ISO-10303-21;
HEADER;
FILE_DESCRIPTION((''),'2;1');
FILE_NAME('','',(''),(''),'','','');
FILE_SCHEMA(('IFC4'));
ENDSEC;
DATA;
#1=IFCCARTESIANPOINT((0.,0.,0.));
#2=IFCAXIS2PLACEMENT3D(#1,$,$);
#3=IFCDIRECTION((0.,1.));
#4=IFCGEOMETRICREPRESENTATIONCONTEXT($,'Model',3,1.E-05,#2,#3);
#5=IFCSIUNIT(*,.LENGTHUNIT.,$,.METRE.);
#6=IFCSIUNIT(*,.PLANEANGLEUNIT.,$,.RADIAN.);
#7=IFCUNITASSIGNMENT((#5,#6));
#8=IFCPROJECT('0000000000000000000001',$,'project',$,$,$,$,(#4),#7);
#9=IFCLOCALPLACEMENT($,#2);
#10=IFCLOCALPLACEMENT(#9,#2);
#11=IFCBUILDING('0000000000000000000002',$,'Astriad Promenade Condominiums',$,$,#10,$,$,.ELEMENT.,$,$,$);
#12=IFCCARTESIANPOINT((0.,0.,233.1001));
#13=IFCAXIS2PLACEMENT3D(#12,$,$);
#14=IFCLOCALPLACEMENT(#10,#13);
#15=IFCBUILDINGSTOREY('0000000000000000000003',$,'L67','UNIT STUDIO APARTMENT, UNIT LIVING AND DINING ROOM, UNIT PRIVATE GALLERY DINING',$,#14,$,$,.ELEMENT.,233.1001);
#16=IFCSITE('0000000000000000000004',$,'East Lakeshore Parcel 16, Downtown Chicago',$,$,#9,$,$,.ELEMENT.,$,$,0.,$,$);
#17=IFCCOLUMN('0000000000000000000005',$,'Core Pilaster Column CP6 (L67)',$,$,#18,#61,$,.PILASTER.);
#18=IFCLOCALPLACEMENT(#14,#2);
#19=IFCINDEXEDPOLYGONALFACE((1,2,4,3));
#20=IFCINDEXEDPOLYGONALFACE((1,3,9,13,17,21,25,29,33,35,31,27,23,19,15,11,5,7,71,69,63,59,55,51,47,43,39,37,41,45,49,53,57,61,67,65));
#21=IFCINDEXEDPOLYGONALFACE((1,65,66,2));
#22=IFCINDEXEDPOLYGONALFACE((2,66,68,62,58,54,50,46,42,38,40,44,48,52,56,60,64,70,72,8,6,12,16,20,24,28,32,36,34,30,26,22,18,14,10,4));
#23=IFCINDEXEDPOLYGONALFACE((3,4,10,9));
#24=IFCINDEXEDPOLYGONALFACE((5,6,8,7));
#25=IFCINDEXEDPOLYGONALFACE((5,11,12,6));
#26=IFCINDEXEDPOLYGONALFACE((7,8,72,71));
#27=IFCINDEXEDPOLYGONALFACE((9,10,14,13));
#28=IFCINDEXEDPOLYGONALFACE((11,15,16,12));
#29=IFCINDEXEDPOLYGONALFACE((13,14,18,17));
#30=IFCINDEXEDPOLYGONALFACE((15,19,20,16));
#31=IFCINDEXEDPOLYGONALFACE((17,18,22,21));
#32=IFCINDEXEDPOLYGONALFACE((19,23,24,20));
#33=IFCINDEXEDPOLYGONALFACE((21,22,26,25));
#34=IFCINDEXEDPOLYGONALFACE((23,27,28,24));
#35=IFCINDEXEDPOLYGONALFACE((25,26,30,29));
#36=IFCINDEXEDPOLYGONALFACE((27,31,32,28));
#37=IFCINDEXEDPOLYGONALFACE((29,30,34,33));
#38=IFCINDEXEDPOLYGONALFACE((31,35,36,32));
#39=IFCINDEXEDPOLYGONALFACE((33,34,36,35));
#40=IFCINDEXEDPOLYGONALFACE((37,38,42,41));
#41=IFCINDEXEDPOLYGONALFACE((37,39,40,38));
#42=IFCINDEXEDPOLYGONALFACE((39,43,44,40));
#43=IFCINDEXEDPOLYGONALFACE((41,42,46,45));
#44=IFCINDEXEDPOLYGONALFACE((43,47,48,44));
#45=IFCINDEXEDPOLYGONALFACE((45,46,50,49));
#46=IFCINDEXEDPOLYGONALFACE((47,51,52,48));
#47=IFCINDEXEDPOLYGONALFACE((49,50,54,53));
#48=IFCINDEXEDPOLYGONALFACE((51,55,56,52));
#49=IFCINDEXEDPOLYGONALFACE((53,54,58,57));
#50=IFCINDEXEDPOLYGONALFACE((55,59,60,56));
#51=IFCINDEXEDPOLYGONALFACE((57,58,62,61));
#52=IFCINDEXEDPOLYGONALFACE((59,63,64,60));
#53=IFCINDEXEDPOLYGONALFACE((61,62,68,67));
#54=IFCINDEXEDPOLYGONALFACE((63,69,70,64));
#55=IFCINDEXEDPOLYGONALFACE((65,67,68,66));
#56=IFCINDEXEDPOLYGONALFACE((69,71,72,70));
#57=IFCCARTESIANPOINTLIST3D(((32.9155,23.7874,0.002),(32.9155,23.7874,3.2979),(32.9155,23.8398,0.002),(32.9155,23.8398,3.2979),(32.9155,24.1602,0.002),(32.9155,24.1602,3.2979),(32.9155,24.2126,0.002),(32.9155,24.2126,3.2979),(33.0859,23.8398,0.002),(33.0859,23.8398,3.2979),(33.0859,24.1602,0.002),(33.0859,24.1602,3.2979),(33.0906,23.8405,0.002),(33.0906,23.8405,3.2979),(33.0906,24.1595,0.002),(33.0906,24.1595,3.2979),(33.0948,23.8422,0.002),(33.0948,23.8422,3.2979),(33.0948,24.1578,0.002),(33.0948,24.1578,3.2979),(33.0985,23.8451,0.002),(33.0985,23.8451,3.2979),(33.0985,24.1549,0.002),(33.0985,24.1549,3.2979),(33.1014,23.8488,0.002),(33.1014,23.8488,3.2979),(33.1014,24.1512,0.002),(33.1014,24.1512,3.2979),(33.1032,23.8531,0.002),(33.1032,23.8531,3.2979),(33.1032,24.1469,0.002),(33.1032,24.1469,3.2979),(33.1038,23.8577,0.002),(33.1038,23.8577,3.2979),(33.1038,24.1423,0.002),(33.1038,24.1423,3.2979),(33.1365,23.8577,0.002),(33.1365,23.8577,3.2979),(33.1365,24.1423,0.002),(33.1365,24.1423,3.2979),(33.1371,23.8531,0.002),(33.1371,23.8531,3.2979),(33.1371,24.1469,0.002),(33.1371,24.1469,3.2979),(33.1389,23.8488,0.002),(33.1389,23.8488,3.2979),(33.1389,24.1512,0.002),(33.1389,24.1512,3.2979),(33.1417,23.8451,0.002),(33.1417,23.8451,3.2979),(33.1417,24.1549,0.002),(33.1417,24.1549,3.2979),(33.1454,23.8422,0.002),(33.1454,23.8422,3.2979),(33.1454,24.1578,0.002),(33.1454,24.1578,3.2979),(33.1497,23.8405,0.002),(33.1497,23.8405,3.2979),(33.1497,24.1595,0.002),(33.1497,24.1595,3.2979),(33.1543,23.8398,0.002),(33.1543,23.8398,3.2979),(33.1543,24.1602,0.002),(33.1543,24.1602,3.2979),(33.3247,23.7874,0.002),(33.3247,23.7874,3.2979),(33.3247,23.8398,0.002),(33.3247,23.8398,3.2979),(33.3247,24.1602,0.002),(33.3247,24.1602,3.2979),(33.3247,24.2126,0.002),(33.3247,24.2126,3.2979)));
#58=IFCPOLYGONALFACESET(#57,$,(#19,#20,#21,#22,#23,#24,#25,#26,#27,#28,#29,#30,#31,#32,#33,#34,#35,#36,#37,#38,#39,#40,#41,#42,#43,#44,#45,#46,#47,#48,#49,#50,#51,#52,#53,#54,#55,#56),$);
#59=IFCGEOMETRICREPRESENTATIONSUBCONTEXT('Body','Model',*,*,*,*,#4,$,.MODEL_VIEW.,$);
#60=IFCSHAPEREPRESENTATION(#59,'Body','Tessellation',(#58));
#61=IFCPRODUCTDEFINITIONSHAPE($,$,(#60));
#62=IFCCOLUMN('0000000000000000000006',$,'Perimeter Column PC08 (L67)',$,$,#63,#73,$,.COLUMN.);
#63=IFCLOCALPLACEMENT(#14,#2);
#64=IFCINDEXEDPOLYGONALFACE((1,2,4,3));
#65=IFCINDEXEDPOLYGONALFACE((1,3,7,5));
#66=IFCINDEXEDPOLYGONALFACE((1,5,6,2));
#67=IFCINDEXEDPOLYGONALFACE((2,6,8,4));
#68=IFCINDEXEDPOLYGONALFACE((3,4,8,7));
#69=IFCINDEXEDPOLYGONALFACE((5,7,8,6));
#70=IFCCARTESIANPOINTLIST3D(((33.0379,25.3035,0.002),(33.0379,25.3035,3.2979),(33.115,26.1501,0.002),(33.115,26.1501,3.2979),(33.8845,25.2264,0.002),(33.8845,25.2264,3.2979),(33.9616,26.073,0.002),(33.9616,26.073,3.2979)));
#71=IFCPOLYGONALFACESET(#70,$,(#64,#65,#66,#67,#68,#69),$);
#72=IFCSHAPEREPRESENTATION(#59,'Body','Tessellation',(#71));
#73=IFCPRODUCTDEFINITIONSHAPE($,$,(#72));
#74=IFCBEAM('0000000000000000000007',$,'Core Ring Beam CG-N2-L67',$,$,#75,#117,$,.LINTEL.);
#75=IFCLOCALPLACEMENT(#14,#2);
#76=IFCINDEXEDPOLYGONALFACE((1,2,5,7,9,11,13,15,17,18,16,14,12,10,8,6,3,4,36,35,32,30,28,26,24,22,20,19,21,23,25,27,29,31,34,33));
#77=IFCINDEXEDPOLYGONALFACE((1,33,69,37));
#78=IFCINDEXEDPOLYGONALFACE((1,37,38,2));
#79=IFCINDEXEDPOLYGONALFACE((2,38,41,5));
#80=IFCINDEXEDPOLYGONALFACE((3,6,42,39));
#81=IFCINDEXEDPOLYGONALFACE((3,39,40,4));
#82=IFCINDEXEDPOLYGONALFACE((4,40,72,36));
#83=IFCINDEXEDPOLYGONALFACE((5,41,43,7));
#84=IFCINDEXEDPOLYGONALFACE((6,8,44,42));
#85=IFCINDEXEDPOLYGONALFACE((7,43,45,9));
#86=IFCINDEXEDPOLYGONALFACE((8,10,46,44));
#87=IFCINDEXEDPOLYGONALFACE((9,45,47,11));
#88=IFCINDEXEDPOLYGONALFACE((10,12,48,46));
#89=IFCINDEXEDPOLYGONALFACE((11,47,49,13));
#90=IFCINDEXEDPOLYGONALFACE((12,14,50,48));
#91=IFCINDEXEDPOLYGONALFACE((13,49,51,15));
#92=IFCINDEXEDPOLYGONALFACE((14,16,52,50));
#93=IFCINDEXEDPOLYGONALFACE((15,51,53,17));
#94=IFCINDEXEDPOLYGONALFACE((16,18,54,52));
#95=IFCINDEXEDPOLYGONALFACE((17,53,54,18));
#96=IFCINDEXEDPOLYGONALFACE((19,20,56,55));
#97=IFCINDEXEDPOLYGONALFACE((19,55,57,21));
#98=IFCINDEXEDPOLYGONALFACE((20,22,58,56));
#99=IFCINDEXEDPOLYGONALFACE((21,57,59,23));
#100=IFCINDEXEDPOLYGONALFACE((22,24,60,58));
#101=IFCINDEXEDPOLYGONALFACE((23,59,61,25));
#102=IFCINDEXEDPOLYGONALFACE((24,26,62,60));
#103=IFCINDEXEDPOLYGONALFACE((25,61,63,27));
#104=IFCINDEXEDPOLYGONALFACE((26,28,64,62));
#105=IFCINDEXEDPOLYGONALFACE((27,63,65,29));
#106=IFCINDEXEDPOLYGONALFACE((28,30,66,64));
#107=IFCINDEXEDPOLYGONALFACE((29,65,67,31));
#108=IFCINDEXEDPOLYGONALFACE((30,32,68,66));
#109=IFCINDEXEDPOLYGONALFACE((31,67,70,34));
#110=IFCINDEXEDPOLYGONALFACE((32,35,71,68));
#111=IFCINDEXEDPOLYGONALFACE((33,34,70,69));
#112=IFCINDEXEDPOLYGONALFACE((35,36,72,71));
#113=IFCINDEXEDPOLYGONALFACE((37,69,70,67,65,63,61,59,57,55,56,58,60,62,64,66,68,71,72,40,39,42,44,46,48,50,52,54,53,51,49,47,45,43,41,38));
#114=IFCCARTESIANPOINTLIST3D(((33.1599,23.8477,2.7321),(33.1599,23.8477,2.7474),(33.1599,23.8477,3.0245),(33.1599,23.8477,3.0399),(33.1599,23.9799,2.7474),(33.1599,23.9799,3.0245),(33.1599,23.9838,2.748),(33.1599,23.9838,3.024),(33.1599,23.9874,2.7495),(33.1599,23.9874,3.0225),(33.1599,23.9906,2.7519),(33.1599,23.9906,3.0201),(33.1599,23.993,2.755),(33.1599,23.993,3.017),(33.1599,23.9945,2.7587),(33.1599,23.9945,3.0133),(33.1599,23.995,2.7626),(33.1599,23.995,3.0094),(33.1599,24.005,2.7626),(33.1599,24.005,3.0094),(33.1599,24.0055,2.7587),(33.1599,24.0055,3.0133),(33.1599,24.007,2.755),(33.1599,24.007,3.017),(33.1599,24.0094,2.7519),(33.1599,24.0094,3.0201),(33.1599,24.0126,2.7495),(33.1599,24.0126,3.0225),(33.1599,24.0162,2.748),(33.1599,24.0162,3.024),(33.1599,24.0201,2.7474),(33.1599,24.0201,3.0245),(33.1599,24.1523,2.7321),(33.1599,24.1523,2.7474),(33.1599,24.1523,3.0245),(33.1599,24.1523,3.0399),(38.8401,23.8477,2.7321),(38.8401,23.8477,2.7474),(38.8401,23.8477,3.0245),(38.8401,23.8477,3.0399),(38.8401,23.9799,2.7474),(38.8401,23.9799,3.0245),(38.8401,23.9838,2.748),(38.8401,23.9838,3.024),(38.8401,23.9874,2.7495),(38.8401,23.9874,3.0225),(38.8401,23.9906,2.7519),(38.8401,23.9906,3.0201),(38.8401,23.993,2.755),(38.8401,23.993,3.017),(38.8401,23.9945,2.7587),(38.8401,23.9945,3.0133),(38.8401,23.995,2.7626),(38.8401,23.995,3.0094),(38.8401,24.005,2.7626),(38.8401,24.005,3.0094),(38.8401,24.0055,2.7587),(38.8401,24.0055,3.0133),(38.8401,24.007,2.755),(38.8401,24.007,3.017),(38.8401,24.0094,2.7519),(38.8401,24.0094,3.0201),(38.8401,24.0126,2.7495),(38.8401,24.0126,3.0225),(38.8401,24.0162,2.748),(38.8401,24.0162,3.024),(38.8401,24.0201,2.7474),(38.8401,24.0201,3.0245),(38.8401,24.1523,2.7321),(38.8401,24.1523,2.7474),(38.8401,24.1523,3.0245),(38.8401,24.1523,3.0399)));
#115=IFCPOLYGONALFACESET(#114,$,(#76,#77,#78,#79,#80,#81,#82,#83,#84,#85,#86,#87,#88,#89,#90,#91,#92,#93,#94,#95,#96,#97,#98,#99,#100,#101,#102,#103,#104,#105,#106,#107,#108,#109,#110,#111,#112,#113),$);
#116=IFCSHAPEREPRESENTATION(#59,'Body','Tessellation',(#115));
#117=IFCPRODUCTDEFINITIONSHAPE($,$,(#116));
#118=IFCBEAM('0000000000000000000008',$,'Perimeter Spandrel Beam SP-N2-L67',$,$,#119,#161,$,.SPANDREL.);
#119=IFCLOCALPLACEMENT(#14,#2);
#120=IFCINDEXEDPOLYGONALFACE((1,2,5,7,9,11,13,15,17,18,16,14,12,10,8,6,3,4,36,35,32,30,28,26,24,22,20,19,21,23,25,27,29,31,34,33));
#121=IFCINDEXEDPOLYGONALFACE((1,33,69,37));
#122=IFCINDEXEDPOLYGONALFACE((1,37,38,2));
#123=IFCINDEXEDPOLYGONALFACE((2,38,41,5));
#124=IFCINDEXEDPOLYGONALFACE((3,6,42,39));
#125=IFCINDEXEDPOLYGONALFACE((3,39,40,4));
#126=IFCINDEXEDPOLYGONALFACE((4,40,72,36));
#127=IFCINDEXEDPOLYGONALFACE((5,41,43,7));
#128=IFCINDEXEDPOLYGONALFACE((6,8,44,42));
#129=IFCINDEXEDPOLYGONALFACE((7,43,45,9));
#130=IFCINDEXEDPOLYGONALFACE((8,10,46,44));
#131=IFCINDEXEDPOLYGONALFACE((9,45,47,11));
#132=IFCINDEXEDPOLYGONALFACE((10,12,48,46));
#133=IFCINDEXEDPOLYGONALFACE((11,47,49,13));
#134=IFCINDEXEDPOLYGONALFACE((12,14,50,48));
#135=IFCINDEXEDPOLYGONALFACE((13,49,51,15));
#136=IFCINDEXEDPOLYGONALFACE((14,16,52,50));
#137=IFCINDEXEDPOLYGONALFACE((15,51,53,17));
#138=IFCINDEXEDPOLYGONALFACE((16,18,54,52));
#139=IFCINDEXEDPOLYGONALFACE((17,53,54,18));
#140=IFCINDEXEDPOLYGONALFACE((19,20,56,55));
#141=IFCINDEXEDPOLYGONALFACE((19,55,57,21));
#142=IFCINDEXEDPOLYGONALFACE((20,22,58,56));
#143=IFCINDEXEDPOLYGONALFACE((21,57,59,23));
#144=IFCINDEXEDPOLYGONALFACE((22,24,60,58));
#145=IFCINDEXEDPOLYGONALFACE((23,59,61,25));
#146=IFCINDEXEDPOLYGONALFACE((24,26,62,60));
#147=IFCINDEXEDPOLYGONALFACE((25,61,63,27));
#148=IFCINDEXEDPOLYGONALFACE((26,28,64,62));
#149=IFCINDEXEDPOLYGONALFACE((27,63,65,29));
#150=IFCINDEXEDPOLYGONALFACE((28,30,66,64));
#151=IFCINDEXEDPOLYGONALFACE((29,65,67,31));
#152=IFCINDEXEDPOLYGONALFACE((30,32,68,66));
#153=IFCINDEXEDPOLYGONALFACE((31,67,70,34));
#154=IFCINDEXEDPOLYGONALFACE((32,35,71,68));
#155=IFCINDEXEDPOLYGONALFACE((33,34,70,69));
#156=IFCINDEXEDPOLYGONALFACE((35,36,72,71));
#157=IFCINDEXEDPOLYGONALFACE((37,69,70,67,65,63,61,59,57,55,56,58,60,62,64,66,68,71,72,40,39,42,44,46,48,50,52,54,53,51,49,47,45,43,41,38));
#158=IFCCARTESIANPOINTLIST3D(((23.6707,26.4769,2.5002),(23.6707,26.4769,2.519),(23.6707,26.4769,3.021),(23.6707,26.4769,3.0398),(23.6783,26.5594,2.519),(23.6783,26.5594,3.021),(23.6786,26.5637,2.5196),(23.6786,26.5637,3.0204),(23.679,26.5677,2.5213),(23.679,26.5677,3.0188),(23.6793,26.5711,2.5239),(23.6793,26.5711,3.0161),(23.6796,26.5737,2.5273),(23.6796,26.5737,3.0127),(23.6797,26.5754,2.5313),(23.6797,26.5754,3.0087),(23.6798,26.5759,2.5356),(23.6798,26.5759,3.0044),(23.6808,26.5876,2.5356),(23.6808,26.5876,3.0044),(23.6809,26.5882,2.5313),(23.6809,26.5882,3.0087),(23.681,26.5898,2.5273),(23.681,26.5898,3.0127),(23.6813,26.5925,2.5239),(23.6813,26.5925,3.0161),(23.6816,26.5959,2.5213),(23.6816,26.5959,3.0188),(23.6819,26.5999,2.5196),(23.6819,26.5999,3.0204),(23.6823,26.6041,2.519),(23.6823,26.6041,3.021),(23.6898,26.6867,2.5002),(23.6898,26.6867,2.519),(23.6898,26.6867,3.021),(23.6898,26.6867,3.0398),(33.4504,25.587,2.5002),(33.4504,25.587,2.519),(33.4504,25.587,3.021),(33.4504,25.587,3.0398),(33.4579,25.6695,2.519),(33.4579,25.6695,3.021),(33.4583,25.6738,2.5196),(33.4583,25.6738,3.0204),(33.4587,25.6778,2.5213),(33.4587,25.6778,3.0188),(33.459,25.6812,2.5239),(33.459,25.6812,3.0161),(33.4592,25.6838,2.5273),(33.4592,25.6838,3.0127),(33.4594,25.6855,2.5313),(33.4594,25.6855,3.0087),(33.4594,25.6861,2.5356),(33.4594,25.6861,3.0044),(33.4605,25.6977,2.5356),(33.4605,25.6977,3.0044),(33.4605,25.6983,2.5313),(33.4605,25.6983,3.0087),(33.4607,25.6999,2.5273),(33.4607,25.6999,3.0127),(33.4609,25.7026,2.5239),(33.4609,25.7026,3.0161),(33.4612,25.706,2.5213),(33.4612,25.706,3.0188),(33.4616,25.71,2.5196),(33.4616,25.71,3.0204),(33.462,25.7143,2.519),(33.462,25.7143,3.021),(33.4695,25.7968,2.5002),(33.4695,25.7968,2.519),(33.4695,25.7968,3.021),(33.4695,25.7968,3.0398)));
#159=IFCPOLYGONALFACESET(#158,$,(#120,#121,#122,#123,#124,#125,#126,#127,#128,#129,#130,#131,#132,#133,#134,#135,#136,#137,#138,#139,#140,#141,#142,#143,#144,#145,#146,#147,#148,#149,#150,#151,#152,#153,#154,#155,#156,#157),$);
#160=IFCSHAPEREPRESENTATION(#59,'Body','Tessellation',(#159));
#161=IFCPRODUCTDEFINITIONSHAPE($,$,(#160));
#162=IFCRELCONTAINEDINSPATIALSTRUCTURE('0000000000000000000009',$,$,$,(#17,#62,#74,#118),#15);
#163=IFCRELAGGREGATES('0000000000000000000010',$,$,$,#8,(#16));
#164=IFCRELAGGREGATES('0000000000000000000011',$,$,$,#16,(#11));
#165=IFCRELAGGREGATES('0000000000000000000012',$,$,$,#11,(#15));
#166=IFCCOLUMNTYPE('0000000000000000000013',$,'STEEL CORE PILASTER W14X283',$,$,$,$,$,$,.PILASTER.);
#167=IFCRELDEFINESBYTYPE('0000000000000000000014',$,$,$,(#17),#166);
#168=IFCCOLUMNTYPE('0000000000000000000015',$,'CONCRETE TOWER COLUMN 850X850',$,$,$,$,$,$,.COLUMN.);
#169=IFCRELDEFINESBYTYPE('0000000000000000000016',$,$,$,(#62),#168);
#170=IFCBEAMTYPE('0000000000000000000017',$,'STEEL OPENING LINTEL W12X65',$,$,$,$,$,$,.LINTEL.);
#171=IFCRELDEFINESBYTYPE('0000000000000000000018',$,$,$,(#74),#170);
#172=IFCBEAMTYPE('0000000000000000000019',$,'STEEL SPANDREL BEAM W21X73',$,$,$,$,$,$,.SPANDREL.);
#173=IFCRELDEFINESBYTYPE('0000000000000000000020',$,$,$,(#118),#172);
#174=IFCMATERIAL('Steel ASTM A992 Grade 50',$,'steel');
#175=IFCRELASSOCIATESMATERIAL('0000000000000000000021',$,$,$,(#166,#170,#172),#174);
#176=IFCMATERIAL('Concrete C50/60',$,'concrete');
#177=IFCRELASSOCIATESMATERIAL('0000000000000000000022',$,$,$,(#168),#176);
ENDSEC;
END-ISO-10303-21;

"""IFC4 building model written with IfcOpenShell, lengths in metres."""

from ifc_helpers import new_model, si_unit, direction, frame, origin, origin_2d, place, context, subcontext, project, spatial, rectangle, i_section, extrude, source, transform, mapped, material, material_profile, profile_set, type_object, type_shapes, element, save


model = new_model("IFC4")

# Units and contexts
model_context = context("Model", 3, precision=1e-05, world=origin(), true_north=direction((0.0, 1.0)))
body_context = subcontext(model_context, "Body", "Model", "MODEL_VIEW")
ifc_project = project(units=[si_unit("LENGTHUNIT", "METRE"), si_unit("PLANEANGLEUNIT", "RADIAN")], contexts=[model_context])

# Site, building, storey
site_placement = place(None, origin())
site = spatial("IfcSite", under=ifc_project, at=site_placement, Name="East Lakeshore Parcel 16, Downtown Chicago", CompositionType="ELEMENT", RefElevation=0.0)
building_placement = place(site_placement, origin())
building = spatial("IfcBuilding", under=site, at=building_placement, Name="Astriad Promenade Condominiums", CompositionType="ELEMENT")
storey_placement = place(building_placement, frame((0.0, 0.0, 233.1001)))
storey = spatial("IfcBuildingStorey", under=building, at=storey_placement, Name="L67", Description="UNIT STUDIO APARTMENT, UNIT LIVING AND DINING ROOM, UNIT PRIVATE GALLERY DINING", CompositionType="ELEMENT", Elevation=233.1001)

# Columns
ifc_material_1 = material(Name="Steel ASTM A992 Grade 50", Category="steel")
ifc_material_profile_1 = material_profile(ifc_material_1, i_section(OverallWidth=0.4092, OverallDepth=0.4253, WebThickness=0.0327, FlangeThickness=0.0525, FilletRadius=0.0178, at=origin_2d()), Name="W14X283")
ifc_profile_set_1 = profile_set([ifc_material_profile_1], Name="Steel ASTM A992 Grade 50")
column_type_1 = type_object("IfcColumnType", Name="STEEL CORE PILASTER W14X283", PredefinedType="PILASTER", material=ifc_profile_set_1)
shared_shape_1 = source(origin(), body_context, "Body", "SweptSolid", [
    extrude(i_section(OverallWidth=0.4092, OverallDepth=0.4253, WebThickness=0.0327, FlangeThickness=0.0525, FilletRadius=0.0178, at=origin_2d()), origin(), (0.0, 0.0, 1.0), 3.2959),
])
type_shapes(column_type_1, [shared_shape_1])
column_1_placement = place(storey_placement, frame((33.1201, 24.0, 0.002), z_axis=(0.0, 0.0, 1.0), x_axis=(1.0, 0.0, 0.0)))
element("IfcColumn", 1, at=column_1_placement, inside=storey, type_object=column_type_1, Name="Core Pilaster Column CP6 (L67)", PredefinedType="PILASTER", context=body_context, shape_type="MappedRepresentation", body=[
    mapped(shared_shape_1, transform((0.0, 0.0, 0.0), scale=1.0)),
])
ifc_material_2 = material(Name="Concrete C50/60", Category="concrete")
ifc_material_profile_2 = material_profile(ifc_material_2, rectangle(XDim=0.8501, YDim=0.8501, at=origin_2d()), Name="RC-COL-850X850")
ifc_profile_set_2 = profile_set([ifc_material_profile_2], Name="Concrete C50/60")
column_type_2 = type_object("IfcColumnType", Name="CONCRETE TOWER COLUMN 850X850", PredefinedType="COLUMN", material=ifc_profile_set_2)
shared_shape_2 = source(origin(), body_context, "Body", "SweptSolid", [
    extrude(rectangle(XDim=0.8501, YDim=0.8501, at=origin_2d()), origin(), (0.0, 0.0, 1.0), 3.2959),
])
type_shapes(column_type_2, [shared_shape_2])
column_2_placement = place(storey_placement, frame((33.4998, 25.6882, 0.002), z_axis=(0.0, 0.0, 1.0), x_axis=(0.995884, -0.090633, 0.0)))
element("IfcColumn", 2, at=column_2_placement, inside=storey, type_object=column_type_2, Name="Perimeter Column PC08 (L67)", PredefinedType="COLUMN", context=body_context, shape_type="MappedRepresentation", body=[
    mapped(shared_shape_2, transform((0.0, 0.0, 0.0), scale=1.0)),
])

# Beams
ifc_material_profile_3 = material_profile(ifc_material_1, i_section(OverallWidth=0.3047, OverallDepth=0.3079, WebThickness=0.01, FlangeThickness=0.0154, FilletRadius=0.0151, at=origin_2d()), Name="W12X65")
ifc_profile_set_3 = profile_set([ifc_material_profile_3], Name="Steel ASTM A992 Grade 50")
beam_type_1 = type_object("IfcBeamType", Name="STEEL OPENING LINTEL W12X65", PredefinedType="LINTEL", material=ifc_profile_set_3)
shared_shape_3 = source(origin(), body_context, "Body", "SweptSolid", [
    extrude(i_section(OverallWidth=0.3047, OverallDepth=0.3079, WebThickness=0.01, FlangeThickness=0.0154, FilletRadius=0.0151, at=origin_2d()), origin(), (0.0, 0.0, 1.0), 5.6802),
])
type_shapes(beam_type_1, [shared_shape_3])
beam_1_placement = place(storey_placement, frame((33.1599, 24.0, 2.886), z_axis=(1.0, 0.0, 0.0), x_axis=(0.0, 1.0, 0.0)))
element("IfcBeam", 3, at=beam_1_placement, inside=storey, type_object=beam_type_1, Name="Core Ring Beam CG-N2-L67", PredefinedType="LINTEL", context=body_context, shape_type="MappedRepresentation", body=[
    mapped(shared_shape_3, transform((0.0, 0.0, 0.0), scale=1.0)),
])
ifc_material_profile_4 = material_profile(ifc_material_1, i_section(OverallWidth=0.2107, OverallDepth=0.5396, WebThickness=0.0117, FlangeThickness=0.0188, FilletRadius=0.0166, at=origin_2d()), Name="W21X73")
ifc_profile_set_4 = profile_set([ifc_material_profile_4], Name="Steel ASTM A992 Grade 50")
beam_type_2 = type_object("IfcBeamType", Name="STEEL SPANDREL BEAM W21X73", PredefinedType="SPANDREL", material=ifc_profile_set_4)
shared_shape_4 = source(origin(), body_context, "Body", "SweptSolid", [
    extrude(i_section(OverallWidth=0.2107, OverallDepth=0.5396, WebThickness=0.0117, FlangeThickness=0.0188, FilletRadius=0.0166, at=origin_2d()), origin(), (0.0, 0.0, 1.0), 9.8201),
])
type_shapes(beam_type_2, [shared_shape_4])
beam_2_placement = place(storey_placement, frame((33.46, 25.6919, 2.77), z_axis=(-0.995886, 0.090619, 0.0), x_axis=(-0.090619, -0.995886, 0.0)))
element("IfcBeam", 4, at=beam_2_placement, inside=storey, type_object=beam_type_2, Name="Perimeter Spandrel Beam SP-N2-L67", PredefinedType="SPANDREL", context=body_context, shape_type="MappedRepresentation", body=[
    mapped(shared_shape_4, transform((0.0, 0.0, 0.0), scale=1.0)),
])

save(model, "model.ifc")
